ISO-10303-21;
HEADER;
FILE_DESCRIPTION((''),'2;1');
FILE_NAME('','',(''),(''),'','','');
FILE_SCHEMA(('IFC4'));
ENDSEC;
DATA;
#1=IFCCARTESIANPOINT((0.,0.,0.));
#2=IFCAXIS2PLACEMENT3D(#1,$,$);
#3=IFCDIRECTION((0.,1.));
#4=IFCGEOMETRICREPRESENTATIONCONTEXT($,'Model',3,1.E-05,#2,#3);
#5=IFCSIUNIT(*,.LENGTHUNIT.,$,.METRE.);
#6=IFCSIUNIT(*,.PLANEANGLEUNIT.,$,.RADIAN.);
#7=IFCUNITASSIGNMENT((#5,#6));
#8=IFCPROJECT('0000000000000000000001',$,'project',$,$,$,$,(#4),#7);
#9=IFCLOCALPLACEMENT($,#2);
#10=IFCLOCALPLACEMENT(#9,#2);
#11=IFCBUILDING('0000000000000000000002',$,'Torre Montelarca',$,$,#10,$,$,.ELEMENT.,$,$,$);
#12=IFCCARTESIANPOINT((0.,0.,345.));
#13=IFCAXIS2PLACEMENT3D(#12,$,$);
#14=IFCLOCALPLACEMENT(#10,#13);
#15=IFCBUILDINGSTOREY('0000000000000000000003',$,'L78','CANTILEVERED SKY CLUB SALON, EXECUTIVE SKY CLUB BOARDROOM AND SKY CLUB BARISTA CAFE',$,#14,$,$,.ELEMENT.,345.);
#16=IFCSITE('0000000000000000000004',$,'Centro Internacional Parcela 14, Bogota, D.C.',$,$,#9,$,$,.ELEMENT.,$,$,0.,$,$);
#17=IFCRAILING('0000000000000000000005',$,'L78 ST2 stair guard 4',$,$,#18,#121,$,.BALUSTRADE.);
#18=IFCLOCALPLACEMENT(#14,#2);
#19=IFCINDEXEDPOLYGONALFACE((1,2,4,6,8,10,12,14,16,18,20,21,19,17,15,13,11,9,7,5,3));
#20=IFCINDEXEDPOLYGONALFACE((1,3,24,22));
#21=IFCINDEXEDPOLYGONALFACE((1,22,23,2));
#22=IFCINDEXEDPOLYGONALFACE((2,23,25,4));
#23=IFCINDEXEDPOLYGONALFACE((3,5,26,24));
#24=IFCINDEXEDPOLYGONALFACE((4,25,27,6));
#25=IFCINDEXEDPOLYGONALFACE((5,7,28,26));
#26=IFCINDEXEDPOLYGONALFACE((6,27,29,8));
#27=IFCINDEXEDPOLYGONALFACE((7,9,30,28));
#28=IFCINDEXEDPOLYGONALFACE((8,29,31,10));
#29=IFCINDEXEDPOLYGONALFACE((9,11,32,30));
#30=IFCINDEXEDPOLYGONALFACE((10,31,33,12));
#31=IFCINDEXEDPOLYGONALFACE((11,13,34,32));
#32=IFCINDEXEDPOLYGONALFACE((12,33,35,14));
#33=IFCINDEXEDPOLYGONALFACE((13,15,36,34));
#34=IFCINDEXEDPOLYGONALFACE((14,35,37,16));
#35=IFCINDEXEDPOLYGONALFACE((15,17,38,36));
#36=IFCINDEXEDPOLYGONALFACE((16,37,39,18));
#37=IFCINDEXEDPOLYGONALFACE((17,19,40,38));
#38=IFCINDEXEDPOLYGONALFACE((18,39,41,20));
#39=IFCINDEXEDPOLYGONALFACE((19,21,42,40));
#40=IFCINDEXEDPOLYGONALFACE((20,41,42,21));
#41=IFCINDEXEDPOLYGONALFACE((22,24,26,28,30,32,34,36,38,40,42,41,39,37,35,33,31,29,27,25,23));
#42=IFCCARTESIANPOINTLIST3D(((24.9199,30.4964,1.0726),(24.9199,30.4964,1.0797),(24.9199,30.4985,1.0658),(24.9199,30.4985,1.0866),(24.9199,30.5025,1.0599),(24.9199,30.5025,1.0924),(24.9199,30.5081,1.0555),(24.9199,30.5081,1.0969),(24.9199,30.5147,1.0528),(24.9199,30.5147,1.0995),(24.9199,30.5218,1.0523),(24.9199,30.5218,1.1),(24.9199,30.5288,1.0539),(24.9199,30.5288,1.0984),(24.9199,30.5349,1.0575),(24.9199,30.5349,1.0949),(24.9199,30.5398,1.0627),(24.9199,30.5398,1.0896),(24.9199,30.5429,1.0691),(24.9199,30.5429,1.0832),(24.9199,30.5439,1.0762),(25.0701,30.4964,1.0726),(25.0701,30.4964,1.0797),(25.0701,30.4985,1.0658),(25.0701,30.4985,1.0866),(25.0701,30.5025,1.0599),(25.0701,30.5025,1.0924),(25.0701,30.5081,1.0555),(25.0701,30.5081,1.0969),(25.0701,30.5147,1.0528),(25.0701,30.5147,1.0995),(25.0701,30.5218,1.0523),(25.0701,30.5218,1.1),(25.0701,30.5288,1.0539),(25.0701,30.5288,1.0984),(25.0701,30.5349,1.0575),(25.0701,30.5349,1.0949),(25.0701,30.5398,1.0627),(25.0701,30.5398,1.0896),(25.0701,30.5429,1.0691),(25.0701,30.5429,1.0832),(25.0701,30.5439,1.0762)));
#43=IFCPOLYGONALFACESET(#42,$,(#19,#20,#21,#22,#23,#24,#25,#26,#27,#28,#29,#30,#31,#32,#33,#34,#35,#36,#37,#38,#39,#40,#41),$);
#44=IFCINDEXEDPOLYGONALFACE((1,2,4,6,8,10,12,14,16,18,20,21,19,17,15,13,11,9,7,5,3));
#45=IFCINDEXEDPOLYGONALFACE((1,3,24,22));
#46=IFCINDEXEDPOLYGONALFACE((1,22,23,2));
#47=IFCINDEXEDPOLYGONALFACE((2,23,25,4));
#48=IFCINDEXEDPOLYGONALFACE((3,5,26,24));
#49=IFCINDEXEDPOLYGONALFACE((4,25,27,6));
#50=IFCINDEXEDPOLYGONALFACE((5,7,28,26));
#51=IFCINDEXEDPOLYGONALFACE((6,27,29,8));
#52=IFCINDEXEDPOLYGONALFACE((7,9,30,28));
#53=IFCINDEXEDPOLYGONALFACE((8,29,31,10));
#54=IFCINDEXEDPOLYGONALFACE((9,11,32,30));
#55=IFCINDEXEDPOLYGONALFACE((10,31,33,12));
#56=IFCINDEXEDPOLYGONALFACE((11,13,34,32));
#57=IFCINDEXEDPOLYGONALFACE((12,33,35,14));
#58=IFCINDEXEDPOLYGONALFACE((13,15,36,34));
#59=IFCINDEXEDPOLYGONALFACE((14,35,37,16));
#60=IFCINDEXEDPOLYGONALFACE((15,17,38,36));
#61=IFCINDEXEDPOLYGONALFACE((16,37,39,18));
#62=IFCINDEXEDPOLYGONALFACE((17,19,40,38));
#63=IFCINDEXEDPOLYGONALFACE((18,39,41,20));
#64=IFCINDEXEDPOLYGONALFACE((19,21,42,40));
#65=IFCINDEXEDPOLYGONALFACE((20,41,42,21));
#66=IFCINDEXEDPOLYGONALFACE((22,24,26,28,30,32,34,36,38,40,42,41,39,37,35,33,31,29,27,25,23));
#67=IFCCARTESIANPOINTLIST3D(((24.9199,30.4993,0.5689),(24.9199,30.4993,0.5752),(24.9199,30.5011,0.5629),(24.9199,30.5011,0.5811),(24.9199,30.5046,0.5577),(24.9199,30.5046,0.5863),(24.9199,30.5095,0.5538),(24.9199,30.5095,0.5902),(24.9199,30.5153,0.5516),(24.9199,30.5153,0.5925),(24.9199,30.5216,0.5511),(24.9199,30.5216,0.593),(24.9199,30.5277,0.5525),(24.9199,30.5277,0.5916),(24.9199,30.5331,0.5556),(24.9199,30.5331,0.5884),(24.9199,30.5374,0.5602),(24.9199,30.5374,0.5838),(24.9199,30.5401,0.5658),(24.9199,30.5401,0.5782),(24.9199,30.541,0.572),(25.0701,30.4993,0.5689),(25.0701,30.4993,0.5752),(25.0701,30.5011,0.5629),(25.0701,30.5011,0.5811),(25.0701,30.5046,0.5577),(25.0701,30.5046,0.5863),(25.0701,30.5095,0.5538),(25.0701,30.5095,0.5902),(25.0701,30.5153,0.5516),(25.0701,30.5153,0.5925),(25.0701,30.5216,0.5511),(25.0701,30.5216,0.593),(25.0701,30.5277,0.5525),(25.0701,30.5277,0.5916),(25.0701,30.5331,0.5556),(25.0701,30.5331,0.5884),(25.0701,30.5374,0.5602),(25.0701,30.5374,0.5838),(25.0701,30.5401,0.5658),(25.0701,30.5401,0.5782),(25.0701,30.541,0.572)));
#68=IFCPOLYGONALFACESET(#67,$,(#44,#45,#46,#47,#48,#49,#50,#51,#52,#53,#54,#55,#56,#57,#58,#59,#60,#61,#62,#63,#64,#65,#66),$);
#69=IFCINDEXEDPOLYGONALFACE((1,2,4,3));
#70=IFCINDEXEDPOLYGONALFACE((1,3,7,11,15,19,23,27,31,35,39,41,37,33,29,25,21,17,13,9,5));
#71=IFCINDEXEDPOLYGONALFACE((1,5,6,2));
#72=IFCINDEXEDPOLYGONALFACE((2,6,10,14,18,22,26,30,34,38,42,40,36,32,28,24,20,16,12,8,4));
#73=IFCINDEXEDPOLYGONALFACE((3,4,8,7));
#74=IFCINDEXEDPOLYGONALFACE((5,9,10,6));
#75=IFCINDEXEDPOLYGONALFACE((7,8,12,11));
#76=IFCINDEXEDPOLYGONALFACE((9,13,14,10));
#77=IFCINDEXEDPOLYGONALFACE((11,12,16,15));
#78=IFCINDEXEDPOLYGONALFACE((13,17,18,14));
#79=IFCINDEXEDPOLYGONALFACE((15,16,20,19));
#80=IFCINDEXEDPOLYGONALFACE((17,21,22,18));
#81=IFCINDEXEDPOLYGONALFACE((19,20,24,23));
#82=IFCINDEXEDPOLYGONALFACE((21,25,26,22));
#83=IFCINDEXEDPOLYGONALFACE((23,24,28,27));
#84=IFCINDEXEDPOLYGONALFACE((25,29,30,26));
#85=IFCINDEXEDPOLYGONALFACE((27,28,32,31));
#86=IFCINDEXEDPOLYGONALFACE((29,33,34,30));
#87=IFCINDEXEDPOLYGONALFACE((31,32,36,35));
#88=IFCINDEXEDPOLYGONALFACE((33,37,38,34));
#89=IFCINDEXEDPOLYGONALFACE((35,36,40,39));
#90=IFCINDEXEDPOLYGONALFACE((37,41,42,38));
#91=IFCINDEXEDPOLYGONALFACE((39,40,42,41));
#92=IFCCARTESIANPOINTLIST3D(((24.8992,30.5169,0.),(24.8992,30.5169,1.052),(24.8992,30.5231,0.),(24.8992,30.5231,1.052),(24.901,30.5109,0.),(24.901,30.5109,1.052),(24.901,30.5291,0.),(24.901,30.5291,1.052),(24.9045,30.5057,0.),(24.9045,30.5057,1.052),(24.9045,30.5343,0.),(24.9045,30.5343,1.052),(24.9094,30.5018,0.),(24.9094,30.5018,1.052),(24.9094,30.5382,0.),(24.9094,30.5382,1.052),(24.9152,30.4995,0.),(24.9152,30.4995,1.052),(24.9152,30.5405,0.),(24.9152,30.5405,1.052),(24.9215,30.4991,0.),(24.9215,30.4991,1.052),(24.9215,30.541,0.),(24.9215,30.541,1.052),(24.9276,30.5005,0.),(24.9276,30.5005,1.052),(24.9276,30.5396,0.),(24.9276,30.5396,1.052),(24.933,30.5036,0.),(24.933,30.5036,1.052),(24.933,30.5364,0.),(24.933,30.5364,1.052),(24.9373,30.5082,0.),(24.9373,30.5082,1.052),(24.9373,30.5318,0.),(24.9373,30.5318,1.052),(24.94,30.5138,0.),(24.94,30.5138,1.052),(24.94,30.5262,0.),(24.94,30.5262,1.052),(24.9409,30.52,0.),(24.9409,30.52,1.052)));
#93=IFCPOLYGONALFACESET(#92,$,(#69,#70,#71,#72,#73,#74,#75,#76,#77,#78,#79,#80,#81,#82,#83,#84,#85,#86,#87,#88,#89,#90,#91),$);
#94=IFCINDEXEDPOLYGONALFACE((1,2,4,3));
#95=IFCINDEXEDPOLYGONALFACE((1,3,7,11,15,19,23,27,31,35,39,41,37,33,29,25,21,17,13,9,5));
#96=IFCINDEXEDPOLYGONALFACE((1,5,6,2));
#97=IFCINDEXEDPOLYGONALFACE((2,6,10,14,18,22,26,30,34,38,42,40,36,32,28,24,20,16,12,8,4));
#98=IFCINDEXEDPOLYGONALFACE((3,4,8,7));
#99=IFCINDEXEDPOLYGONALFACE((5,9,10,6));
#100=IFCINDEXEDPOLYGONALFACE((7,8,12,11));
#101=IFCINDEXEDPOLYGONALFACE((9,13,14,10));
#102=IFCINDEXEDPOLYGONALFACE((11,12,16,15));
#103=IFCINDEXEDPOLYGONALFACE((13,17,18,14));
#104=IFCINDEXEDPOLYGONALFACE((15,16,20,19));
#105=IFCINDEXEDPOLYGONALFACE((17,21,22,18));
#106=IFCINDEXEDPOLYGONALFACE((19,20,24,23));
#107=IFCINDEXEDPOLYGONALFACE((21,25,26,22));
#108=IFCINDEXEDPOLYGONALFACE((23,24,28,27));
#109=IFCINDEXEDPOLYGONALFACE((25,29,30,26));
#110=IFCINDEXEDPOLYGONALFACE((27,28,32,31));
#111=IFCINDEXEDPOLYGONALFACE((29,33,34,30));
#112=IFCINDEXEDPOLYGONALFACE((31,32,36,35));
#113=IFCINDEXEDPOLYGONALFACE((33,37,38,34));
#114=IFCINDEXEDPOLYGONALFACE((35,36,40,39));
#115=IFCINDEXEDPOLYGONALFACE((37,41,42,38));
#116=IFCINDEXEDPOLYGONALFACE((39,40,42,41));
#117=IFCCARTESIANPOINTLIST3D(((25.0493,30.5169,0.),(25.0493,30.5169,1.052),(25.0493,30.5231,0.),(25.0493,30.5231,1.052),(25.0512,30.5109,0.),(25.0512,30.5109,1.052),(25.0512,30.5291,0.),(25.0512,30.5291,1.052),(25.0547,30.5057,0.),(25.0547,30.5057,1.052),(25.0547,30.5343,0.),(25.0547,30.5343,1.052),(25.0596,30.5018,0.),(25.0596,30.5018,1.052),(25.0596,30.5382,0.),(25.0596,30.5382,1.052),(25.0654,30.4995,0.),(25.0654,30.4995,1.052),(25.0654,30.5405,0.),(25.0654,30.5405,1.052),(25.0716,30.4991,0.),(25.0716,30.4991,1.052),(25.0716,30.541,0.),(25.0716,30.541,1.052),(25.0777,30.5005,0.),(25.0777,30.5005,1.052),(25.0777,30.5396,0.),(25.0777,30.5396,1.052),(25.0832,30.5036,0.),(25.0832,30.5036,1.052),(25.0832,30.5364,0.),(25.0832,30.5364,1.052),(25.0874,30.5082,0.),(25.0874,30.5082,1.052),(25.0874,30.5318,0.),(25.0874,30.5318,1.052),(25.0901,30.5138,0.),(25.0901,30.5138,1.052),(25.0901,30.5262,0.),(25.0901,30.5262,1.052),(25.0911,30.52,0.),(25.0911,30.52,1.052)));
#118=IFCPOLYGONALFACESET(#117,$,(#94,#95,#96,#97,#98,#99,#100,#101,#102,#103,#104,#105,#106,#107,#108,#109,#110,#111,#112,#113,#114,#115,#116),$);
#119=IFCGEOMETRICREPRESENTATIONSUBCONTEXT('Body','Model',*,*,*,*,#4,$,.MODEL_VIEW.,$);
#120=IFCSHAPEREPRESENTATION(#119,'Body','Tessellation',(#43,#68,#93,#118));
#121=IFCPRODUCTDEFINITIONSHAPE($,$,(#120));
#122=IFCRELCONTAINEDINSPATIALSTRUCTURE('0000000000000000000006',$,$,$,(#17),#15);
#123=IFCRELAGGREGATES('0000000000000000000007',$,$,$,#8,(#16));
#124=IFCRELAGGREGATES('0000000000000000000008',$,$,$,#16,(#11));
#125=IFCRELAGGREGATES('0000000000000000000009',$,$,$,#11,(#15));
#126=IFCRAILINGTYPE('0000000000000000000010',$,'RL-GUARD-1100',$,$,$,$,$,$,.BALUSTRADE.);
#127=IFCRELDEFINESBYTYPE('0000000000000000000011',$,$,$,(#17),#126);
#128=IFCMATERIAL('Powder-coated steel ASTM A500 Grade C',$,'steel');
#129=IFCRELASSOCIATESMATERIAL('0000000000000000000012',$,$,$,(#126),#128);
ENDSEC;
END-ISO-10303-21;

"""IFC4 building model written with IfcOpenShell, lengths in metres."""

from ifc_helpers import new_model, si_unit, direction, frame, origin, origin_2d, place, context, subcontext, project, spatial, circle, extrude, material, type_object, element, save


model = new_model("IFC4")

# Units and contexts
model_context = context("Model", 3, precision=1e-05, world=origin(), true_north=direction((0.0, 1.0)))
body_context = subcontext(model_context, "Body", "Model", "MODEL_VIEW")
ifc_project = project(units=[si_unit("LENGTHUNIT", "METRE"), si_unit("PLANEANGLEUNIT", "RADIAN")], contexts=[model_context])

# Site, building, storey
site_placement = place(None, origin())
site = spatial("IfcSite", under=ifc_project, at=site_placement, Name="Centro Internacional Parcela 14, Bogota, D.C.", CompositionType="ELEMENT", RefElevation=0.0)
building_placement = place(site_placement, origin())
building = spatial("IfcBuilding", under=site, at=building_placement, Name="Torre Montelarca", CompositionType="ELEMENT")
storey_placement = place(building_placement, frame((0.0, 0.0, 345.0)))
storey = spatial("IfcBuildingStorey", under=building, at=storey_placement, Name="L78", Description="CANTILEVERED SKY CLUB SALON, EXECUTIVE SKY CLUB BOARDROOM AND SKY CLUB BARISTA CAFE", CompositionType="ELEMENT", Elevation=345.0)

# Railing
ifc_material_1 = material(Name="Powder-coated steel ASTM A500 Grade C", Category="steel")
railing_type_1 = type_object("IfcRailingType", Name="RL-GUARD-1100", PredefinedType="BALUSTRADE", material=ifc_material_1)
railing_1_placement = place(storey_placement, frame((24.9199, 30.52, 0.0)))
element("IfcRailing", 1, at=railing_1_placement, inside=storey, type_object=railing_type_1, Name="L78 ST2 stair guard 4", PredefinedType="BALUSTRADE", context=body_context, shape_type="SweptSolid", body=[
    extrude(circle(Radius=0.0239, at=origin_2d()), frame((0.0, 0.0, 1.0762), z_axis=(1.0, 0.0, 0.0), x_axis=(0.0, 1.0, 0.0)), (0.0, 0.0, 1.0), 0.1501),
    extrude(circle(Radius=0.021, at=origin_2d()), frame((0.0, 0.0, 0.572), z_axis=(1.0, 0.0, 0.0), x_axis=(0.0, 1.0, 0.0)), (0.0, 0.0, 1.0), 0.1501),
    extrude(circle(Radius=0.021, at=origin_2d()), origin(), (0.0, 0.0, 1.0), 1.052),
    extrude(circle(Radius=0.021, at=origin_2d()), frame((0.1501, 0.0, 0.0)), (0.0, 0.0, 1.0), 1.052),
])

save(model, "model.ifc")
